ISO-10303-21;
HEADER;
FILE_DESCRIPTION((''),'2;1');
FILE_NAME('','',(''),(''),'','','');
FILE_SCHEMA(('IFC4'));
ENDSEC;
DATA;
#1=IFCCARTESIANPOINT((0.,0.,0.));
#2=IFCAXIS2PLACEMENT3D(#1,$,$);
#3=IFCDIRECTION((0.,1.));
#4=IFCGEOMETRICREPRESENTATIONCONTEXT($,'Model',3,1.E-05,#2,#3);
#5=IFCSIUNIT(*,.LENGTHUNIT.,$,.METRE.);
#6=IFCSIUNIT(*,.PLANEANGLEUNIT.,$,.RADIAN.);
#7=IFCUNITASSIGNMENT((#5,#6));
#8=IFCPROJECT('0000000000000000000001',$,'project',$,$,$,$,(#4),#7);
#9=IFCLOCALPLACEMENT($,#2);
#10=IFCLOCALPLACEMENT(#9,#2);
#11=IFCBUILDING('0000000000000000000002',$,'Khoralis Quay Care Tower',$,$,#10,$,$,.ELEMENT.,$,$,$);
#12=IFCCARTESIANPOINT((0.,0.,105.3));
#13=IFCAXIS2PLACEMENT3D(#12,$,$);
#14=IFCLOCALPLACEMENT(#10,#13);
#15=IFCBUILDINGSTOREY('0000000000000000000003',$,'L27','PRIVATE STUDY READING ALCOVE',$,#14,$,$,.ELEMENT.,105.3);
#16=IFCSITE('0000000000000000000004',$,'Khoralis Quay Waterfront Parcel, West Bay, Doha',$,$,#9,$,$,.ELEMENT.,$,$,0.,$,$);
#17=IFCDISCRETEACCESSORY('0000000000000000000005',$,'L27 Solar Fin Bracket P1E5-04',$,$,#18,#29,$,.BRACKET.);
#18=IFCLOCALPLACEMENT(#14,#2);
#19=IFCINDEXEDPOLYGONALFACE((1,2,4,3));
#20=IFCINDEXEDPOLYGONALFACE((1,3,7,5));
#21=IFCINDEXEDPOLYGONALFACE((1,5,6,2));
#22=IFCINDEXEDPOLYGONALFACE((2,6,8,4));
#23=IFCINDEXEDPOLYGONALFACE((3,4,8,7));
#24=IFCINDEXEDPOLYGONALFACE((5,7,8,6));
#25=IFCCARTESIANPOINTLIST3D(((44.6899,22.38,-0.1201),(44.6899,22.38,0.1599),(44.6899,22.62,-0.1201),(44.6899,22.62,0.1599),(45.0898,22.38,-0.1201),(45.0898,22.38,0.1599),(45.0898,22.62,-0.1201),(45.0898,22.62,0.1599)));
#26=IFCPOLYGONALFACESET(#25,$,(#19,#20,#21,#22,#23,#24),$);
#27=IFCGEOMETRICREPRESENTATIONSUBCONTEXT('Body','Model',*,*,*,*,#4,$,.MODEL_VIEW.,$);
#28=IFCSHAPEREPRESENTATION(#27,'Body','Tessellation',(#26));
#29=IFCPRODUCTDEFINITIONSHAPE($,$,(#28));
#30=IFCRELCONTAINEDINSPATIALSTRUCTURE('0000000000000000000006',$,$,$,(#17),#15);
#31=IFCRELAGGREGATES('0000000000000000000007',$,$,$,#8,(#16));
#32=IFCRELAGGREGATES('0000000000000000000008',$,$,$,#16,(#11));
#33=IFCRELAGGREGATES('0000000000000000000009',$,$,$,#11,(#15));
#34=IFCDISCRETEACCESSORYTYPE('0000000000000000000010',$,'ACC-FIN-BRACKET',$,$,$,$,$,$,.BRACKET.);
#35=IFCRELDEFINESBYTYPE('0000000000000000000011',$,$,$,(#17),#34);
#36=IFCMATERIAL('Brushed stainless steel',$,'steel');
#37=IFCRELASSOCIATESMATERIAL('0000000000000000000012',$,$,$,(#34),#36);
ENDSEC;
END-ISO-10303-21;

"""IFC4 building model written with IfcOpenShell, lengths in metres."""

from ifc_helpers import new_model, si_unit, direction, frame, origin, origin_2d, place, context, subcontext, project, spatial, rectangle, extrude, source, transform, mapped, material, type_object, element, save


model = new_model("IFC4")

# Units and contexts
model_context = context("Model", 3, precision=1e-05, world=origin(), true_north=direction((0.0, 1.0)))
body_context = subcontext(model_context, "Body", "Model", "MODEL_VIEW")
ifc_project = project(units=[si_unit("LENGTHUNIT", "METRE"), si_unit("PLANEANGLEUNIT", "RADIAN")], contexts=[model_context])

# Site, building, storey
site_placement = place(None, origin())
site = spatial("IfcSite", under=ifc_project, at=site_placement, Name="Khoralis Quay Waterfront Parcel, West Bay, Doha", CompositionType="ELEMENT", RefElevation=0.0)
building_placement = place(site_placement, origin())
building = spatial("IfcBuilding", under=site, at=building_placement, Name="Khoralis Quay Care Tower", CompositionType="ELEMENT")
storey_placement = place(building_placement, frame((0.0, 0.0, 105.3)))
storey = spatial("IfcBuildingStorey", under=building, at=storey_placement, Name="L27", Description="PRIVATE STUDY READING ALCOVE", CompositionType="ELEMENT", Elevation=105.3)

# Shared definitions
ifc_material_1 = material(Name="Brushed stainless steel", Category="steel")

# Discrete accessory
discrete_accessory_type = type_object("IfcDiscreteAccessoryType", Name="ACC-FIN-BRACKET", PredefinedType="BRACKET", material=ifc_material_1)
shared_shape_1 = source(origin(), body_context, "Body", "SweptSolid", [
    extrude(rectangle(XDim=0.3999, YDim=0.24, at=origin_2d()), origin(), (0.0, 0.0, 1.0), 0.28),
])
for number, where, z_axis, x_axis, name in (
    (1, (44.8899, 22.5, -0.1201), (0.0, 0.0, 1.0), (1.0, 0.0, 0.0), "L27 Solar Fin Bracket P1E5-04"),
):
    element("IfcDiscreteAccessory", number, at=place(storey_placement, frame(where, z_axis=z_axis, x_axis=x_axis)), inside=storey, type_object=discrete_accessory_type, Name=name, PredefinedType="BRACKET", context=body_context, shape_type="MappedRepresentation", body=[
        mapped(shared_shape_1, transform((0.0, 0.0, 0.0), scale=1.0)),
    ])

save(model, "model.ifc")
